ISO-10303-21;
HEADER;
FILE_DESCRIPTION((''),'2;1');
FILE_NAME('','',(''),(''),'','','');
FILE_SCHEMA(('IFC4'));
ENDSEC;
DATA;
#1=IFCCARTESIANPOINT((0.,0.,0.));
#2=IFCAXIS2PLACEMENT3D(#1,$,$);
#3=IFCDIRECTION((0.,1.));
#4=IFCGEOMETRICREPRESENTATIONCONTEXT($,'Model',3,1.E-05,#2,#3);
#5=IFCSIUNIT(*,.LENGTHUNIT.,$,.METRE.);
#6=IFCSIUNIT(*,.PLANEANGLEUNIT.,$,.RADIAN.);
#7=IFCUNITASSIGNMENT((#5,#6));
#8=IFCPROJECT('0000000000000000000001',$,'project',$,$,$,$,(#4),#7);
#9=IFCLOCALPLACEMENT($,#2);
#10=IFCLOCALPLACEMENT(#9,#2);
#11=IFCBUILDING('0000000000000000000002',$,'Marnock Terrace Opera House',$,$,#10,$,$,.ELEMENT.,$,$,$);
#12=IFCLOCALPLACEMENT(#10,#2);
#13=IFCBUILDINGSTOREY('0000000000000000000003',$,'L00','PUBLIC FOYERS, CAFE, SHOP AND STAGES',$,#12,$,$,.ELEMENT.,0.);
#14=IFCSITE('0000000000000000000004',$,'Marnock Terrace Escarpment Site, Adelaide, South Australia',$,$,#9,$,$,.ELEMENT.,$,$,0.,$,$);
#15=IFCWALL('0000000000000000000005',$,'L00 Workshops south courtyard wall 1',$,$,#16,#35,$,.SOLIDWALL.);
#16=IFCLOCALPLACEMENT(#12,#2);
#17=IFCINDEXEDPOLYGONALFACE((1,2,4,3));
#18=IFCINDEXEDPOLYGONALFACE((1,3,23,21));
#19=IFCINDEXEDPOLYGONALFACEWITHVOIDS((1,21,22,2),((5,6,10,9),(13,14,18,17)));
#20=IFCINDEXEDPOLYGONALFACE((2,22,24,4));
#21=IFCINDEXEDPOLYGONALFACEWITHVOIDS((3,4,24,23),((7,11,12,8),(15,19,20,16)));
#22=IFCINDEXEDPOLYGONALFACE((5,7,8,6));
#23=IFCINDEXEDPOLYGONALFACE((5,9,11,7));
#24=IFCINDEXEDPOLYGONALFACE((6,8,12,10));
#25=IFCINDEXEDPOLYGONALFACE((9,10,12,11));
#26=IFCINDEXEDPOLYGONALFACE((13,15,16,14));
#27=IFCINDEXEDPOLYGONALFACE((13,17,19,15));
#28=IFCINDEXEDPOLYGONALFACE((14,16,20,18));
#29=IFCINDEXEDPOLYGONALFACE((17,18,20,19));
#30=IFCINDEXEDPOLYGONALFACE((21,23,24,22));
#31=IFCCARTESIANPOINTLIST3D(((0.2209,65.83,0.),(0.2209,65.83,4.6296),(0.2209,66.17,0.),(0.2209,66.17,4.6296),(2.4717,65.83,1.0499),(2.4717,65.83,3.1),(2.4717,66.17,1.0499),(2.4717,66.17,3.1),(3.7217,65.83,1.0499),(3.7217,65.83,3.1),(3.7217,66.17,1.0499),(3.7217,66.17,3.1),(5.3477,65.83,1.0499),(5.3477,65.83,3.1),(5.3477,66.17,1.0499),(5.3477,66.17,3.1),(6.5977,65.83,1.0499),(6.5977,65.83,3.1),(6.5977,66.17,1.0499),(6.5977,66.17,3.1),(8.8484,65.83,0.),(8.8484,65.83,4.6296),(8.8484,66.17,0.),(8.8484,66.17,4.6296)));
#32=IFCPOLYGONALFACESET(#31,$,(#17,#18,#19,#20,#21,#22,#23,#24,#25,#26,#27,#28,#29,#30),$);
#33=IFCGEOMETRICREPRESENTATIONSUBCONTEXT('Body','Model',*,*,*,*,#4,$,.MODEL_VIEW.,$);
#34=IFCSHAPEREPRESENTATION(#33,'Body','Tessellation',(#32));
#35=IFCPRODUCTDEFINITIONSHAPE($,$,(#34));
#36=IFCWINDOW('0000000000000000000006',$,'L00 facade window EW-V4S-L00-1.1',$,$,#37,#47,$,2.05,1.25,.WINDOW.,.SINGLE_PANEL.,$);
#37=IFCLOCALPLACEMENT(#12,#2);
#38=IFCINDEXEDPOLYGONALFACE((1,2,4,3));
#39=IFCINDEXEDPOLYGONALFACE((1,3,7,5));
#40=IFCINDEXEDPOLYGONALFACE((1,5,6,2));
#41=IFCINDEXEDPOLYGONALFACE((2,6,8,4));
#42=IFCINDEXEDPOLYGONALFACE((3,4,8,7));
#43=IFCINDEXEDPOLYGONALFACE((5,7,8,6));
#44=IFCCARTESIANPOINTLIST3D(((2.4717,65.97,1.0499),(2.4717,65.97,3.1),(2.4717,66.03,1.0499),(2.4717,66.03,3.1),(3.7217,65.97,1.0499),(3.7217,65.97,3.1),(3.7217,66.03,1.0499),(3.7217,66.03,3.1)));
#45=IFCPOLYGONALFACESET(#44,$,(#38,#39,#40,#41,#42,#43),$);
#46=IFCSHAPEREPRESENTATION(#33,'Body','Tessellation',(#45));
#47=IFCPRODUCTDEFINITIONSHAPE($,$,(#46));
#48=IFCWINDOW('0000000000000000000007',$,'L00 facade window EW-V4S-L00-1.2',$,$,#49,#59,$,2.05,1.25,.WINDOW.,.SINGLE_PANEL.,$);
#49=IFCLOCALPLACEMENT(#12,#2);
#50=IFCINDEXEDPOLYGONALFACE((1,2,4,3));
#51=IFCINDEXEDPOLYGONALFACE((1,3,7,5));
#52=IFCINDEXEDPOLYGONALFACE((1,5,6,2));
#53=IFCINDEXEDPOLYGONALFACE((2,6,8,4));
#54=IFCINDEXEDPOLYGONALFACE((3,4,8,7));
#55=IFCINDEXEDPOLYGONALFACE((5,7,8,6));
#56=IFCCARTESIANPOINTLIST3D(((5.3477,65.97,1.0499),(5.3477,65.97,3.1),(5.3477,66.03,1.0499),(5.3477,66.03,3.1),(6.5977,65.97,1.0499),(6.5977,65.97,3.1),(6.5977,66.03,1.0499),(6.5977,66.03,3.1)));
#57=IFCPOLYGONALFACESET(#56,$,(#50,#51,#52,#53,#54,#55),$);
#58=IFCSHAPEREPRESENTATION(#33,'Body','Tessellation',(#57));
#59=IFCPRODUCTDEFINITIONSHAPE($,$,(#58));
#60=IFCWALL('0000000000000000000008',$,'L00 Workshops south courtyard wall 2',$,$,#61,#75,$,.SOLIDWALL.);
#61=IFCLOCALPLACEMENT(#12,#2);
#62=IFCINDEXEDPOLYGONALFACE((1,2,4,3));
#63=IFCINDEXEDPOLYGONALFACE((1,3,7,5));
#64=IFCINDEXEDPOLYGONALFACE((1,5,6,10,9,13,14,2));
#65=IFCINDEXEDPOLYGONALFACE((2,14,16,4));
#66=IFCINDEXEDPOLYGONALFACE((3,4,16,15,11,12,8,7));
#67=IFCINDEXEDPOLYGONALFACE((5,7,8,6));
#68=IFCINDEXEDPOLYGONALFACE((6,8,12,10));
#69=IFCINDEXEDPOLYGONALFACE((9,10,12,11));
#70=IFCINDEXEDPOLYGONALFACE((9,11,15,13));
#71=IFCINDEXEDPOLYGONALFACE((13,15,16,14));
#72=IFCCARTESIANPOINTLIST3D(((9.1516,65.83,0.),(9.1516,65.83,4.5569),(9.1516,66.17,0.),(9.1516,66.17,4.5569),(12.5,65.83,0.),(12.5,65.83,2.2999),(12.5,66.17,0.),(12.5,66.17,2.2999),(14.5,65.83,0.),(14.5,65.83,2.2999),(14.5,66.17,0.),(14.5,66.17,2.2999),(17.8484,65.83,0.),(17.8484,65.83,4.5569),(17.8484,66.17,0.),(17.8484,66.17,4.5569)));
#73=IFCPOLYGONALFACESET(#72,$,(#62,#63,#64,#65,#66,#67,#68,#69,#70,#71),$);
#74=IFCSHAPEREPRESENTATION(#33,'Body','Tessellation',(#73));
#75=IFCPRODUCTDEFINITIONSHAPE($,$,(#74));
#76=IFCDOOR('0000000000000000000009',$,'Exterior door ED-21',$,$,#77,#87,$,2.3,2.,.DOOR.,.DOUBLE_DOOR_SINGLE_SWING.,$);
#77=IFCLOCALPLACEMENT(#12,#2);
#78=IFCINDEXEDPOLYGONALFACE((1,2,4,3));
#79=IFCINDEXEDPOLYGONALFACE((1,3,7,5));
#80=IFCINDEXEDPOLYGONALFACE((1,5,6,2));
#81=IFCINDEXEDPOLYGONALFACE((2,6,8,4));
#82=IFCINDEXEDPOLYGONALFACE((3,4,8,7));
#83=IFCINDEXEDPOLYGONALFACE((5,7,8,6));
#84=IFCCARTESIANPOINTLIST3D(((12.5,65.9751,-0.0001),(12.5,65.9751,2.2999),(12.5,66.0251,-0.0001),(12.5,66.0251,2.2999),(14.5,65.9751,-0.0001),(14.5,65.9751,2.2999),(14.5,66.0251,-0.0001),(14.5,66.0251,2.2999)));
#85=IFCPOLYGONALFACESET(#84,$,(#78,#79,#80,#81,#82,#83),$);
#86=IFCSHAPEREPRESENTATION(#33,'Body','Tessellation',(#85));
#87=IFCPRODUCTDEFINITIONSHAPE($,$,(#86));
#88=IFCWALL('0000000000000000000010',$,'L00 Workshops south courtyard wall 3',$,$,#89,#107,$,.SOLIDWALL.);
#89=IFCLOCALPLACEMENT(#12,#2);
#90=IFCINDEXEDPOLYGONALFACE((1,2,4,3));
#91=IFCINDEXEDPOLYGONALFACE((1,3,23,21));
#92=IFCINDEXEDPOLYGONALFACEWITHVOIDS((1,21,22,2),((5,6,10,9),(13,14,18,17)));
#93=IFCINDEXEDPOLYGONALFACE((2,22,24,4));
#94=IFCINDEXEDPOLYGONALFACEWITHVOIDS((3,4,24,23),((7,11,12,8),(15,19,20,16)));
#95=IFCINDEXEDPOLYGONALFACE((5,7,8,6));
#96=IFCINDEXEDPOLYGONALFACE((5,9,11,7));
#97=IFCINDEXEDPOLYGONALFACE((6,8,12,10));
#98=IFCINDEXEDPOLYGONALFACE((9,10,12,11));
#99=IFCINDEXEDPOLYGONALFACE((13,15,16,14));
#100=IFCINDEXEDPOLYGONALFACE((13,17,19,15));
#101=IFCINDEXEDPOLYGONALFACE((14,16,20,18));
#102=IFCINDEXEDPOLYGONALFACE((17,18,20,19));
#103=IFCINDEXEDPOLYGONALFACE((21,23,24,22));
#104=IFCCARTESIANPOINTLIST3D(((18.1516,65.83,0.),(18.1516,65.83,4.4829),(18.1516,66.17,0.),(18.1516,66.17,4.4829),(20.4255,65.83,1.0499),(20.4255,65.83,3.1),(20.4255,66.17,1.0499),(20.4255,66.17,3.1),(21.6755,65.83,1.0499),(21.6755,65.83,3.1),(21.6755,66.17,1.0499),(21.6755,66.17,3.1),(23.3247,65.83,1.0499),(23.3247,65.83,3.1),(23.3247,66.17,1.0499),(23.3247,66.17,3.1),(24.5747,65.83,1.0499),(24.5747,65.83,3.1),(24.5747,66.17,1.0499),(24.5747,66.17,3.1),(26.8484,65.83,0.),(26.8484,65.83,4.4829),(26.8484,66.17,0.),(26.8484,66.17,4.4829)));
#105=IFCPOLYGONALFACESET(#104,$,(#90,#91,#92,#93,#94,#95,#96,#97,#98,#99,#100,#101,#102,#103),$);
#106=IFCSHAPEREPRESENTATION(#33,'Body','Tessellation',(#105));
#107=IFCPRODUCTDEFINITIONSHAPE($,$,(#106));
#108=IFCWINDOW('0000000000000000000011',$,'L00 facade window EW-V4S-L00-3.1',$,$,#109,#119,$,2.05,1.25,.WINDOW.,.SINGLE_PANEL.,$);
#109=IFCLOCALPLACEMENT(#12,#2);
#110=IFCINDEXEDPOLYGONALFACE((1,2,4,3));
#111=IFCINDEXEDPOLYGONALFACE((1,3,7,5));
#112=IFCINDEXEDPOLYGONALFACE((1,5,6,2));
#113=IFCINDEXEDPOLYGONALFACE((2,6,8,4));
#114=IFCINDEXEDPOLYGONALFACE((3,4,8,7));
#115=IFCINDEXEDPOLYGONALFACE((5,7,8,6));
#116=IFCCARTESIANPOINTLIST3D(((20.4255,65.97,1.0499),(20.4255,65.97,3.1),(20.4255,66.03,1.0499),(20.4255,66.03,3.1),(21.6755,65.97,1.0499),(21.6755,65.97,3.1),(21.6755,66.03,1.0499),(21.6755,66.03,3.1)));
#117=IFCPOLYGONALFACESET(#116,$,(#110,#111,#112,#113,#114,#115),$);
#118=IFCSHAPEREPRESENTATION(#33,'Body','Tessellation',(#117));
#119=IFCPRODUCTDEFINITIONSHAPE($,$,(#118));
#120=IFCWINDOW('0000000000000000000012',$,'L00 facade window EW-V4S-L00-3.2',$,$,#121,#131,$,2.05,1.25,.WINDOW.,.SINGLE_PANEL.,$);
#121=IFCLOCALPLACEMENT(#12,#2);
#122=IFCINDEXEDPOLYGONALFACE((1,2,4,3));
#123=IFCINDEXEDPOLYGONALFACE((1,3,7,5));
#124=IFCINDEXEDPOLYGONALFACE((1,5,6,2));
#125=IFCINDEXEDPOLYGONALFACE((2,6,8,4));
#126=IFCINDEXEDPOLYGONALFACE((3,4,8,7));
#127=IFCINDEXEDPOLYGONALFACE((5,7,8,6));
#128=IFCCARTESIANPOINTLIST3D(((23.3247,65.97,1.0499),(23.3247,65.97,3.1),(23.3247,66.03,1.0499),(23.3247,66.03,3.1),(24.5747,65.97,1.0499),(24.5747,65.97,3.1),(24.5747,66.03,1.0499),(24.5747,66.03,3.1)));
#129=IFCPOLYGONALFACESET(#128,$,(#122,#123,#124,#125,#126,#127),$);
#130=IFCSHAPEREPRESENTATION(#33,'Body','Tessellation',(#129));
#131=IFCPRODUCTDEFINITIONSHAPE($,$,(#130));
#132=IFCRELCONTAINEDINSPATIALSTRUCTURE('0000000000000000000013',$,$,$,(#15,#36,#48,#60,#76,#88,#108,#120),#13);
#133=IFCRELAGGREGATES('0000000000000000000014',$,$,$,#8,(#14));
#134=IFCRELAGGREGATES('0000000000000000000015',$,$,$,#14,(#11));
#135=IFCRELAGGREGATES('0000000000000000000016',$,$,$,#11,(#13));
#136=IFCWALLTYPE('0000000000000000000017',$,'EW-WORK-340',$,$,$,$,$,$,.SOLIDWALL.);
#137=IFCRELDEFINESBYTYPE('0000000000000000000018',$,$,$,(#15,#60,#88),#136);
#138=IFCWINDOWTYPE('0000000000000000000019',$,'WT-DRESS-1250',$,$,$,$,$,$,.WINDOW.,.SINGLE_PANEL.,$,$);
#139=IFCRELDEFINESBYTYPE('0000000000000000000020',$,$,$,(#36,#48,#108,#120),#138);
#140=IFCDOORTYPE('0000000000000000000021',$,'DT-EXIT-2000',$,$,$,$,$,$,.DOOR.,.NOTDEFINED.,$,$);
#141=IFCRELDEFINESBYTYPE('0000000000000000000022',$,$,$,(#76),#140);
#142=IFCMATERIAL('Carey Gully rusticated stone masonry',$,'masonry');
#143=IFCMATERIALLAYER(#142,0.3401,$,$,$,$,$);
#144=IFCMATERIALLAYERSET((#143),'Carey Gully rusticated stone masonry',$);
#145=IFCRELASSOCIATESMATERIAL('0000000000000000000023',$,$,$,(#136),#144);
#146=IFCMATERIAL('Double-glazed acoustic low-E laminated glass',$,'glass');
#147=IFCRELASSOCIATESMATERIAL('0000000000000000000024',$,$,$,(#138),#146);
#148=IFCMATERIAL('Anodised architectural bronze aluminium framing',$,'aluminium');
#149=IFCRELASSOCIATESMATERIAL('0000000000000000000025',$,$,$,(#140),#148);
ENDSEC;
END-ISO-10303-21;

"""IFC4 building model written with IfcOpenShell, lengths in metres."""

from ifc_helpers import new_model, si_unit, direction, frame, frame_2d, origin, place, context, subcontext, project, spatial, rectangle, extrude, material, layer, layer_set, type_object, element, fill, save


model = new_model("IFC4")

# Units and contexts
model_context = context("Model", 3, precision=1e-05, world=origin(), true_north=direction((0.0, 1.0)))
body_context = subcontext(model_context, "Body", "Model", "MODEL_VIEW")
ifc_project = project(units=[si_unit("LENGTHUNIT", "METRE"), si_unit("PLANEANGLEUNIT", "RADIAN")], contexts=[model_context])

# Site, building, storey
site_placement = place(None, origin())
site = spatial("IfcSite", under=ifc_project, at=site_placement, Name="Marnock Terrace Escarpment Site, Adelaide, South Australia", CompositionType="ELEMENT", RefElevation=0.0)
building_placement = place(site_placement, origin())
building = spatial("IfcBuilding", under=site, at=building_placement, Name="Marnock Terrace Opera House", CompositionType="ELEMENT")
storey_placement = place(building_placement, origin())
storey = spatial("IfcBuildingStorey", under=building, at=storey_placement, Name="L00", Description="PUBLIC FOYERS, CAFE, SHOP AND STAGES", CompositionType="ELEMENT", Elevation=0.0)

# Shared definitions
ifc_material_1 = material(Name="Carey Gully rusticated stone masonry", Category="masonry")
ifc_material_2 = material(Name="Double-glazed acoustic low-E laminated glass", Category="glass")

# Wall, openings, windows
ifc_layer_1 = layer(ifc_material_1, 0.3401)
ifc_layer_set_1 = layer_set([ifc_layer_1], Name="Carey Gully rusticated stone masonry")
wall_type_1 = type_object("IfcWallType", Name="EW-WORK-340", PredefinedType="SOLIDWALL", material=ifc_layer_set_1)
wall_1_placement = place(storey_placement, frame((0.2209, 66.0, 0.0), z_axis=(0.0, 0.0, 1.0), x_axis=(1.0, 0.0, 0.0)))
wall_1 = element("IfcWall", 1, at=wall_1_placement, inside=storey, type_object=wall_type_1, Name="L00 Workshops south courtyard wall 1", PredefinedType="SOLIDWALL", context=body_context, shape_type="SweptSolid", body=[
    extrude(rectangle(XDim=8.6274, YDim=0.3401, at=frame_2d((4.3137, 0.0))), origin(), (0.0, 0.0, 1.0), 4.6296),
])
opening_1_placement = place(wall_1_placement, frame((2.2507, 0.0, 1.05)))
opening_1 = element("IfcOpeningElement", 2, at=opening_1_placement, cuts=wall_1, PredefinedType="OPENING", context=body_context, shape_type="SweptSolid", body=[
    extrude(rectangle(XDim=1.25, YDim=2.05, at=frame_2d((0.625, 1.0249))), frame((0.0, 0.1799, 0.0), z_axis=(0.0, -1.0, 0.0), x_axis=(1.0, 0.0, 0.0)), (0.0, 0.0, 1.0), 0.3601),
])
opening_2_placement = place(wall_1_placement, frame((5.1267, 0.0, 1.05)))
opening_2 = element("IfcOpeningElement", 3, at=opening_2_placement, cuts=wall_1, PredefinedType="OPENING", context=body_context, shape_type="SweptSolid", body=[
    extrude(rectangle(XDim=1.25, YDim=2.05, at=frame_2d((0.625, 1.0249))), frame((0.0, 0.1799, 0.0), z_axis=(0.0, -1.0, 0.0), x_axis=(1.0, 0.0, 0.0)), (0.0, 0.0, 1.0), 0.3601),
])
window_type_1 = type_object("IfcWindowType", Name="WT-DRESS-1250", PartitioningType="SINGLE_PANEL", PredefinedType="WINDOW", material=ifc_material_2)
window_1_placement = place(opening_1_placement, origin())
window_1 = element("IfcWindow", 4, at=window_1_placement, inside=storey, type_object=window_type_1, Name="L00 facade window EW-V4S-L00-1.1", OverallHeight=2.05, OverallWidth=1.25, PartitioningType="SINGLE_PANEL", PredefinedType="WINDOW", context=body_context, shape_type="SweptSolid", body=[
    extrude(rectangle(XDim=1.25, YDim=2.05, at=frame_2d((0.625, 1.0249))), frame((0.0, 0.03, 0.0), z_axis=(0.0, -1.0, 0.0), x_axis=(1.0, 0.0, 0.0)), (0.0, 0.0, 1.0), 0.0601),
])
fill(opening_1, window_1)
window_2_placement = place(opening_2_placement, origin())
window_2 = element("IfcWindow", 5, at=window_2_placement, inside=storey, type_object=window_type_1, Name="L00 facade window EW-V4S-L00-1.2", OverallHeight=2.05, OverallWidth=1.25, PartitioningType="SINGLE_PANEL", PredefinedType="WINDOW", context=body_context, shape_type="SweptSolid", body=[
    extrude(rectangle(XDim=1.25, YDim=2.05, at=frame_2d((0.625, 1.0249))), frame((0.0, 0.03, 0.0), z_axis=(0.0, -1.0, 0.0), x_axis=(1.0, 0.0, 0.0)), (0.0, 0.0, 1.0), 0.0601),
])
fill(opening_2, window_2)

# Wall, opening, door
wall_2_placement = place(storey_placement, frame((17.8484, 66.0, 0.0), z_axis=(0.0, 0.0, 1.0), x_axis=(-1.0, 0.0, 0.0)))
wall_2 = element("IfcWall", 6, at=wall_2_placement, inside=storey, type_object=wall_type_1, Name="L00 Workshops south courtyard wall 2", PredefinedType="SOLIDWALL", context=body_context, shape_type="SweptSolid", body=[
    extrude(rectangle(XDim=8.6968, YDim=0.3401, at=frame_2d((4.3484, 0.0))), origin(), (0.0, 0.0, 1.0), 4.5569),
])
opening_3_placement = place(wall_2_placement, frame((3.3484, 0.0, 0.0)))
opening_3 = element("IfcOpeningElement", 7, at=opening_3_placement, cuts=wall_2, PredefinedType="OPENING", context=body_context, shape_type="SweptSolid", body=[
    extrude(rectangle(XDim=2.0, YDim=2.3, at=frame_2d((1.0, 1.1499))), frame((0.0, 0.1799, 0.0), z_axis=(0.0, -1.0, 0.0), x_axis=(1.0, 0.0, 0.0)), (0.0, 0.0, 1.0), 0.3601),
])
ifc_material_3 = material(Name="Anodised architectural bronze aluminium framing", Category="aluminium")
door_type = type_object("IfcDoorType", Name="DT-EXIT-2000", OperationType="NOTDEFINED", PredefinedType="DOOR", material=ifc_material_3)
door_placement = place(opening_3_placement, origin())
door = element("IfcDoor", 8, at=door_placement, inside=storey, type_object=door_type, Name="Exterior door ED-21", OperationType="DOUBLE_DOOR_SINGLE_SWING", OverallHeight=2.3, OverallWidth=2.0, PredefinedType="DOOR", context=body_context, shape_type="SweptSolid", body=[
    extrude(rectangle(XDim=2.0, YDim=2.3, at=frame_2d((1.0, 1.1499))), frame((0.0, 0.0249, 0.0), z_axis=(0.0, -1.0, 0.0), x_axis=(1.0, 0.0, 0.0)), (0.0, 0.0, 1.0), 0.05),
])
fill(opening_3, door)

# Wall, openings, windows
wall_3_placement = place(storey_placement, frame((18.1516, 66.0, 0.0), z_axis=(0.0, 0.0, 1.0), x_axis=(1.0, 0.0, 0.0)))
wall_3 = element("IfcWall", 9, at=wall_3_placement, inside=storey, type_object=wall_type_1, Name="L00 Workshops south courtyard wall 3", PredefinedType="SOLIDWALL", context=body_context, shape_type="SweptSolid", body=[
    extrude(rectangle(XDim=8.6968, YDim=0.3401, at=frame_2d((4.3484, 0.0))), origin(), (0.0, 0.0, 1.0), 4.4829),
])
opening_4_placement = place(wall_3_placement, frame((2.2739, 0.0, 1.05)))
opening_4 = element("IfcOpeningElement", 10, at=opening_4_placement, cuts=wall_3, PredefinedType="OPENING", context=body_context, shape_type="SweptSolid", body=[
    extrude(rectangle(XDim=1.25, YDim=2.05, at=frame_2d((0.625, 1.0249))), frame((0.0, 0.1799, 0.0), z_axis=(0.0, -1.0, 0.0), x_axis=(1.0, 0.0, 0.0)), (0.0, 0.0, 1.0), 0.3601),
])
opening_5_placement = place(wall_3_placement, frame((5.1731, 0.0, 1.05)))
opening_5 = element("IfcOpeningElement", 11, at=opening_5_placement, cuts=wall_3, PredefinedType="OPENING", context=body_context, shape_type="SweptSolid", body=[
    extrude(rectangle(XDim=1.25, YDim=2.05, at=frame_2d((0.625, 1.0249))), frame((0.0, 0.1799, 0.0), z_axis=(0.0, -1.0, 0.0), x_axis=(1.0, 0.0, 0.0)), (0.0, 0.0, 1.0), 0.3601),
])
window_3_placement = place(opening_4_placement, origin())
window_3 = element("IfcWindow", 12, at=window_3_placement, inside=storey, type_object=window_type_1, Name="L00 facade window EW-V4S-L00-3.1", OverallHeight=2.05, OverallWidth=1.25, PartitioningType="SINGLE_PANEL", PredefinedType="WINDOW", context=body_context, shape_type="SweptSolid", body=[
    extrude(rectangle(XDim=1.25, YDim=2.05, at=frame_2d((0.625, 1.0249))), frame((0.0, 0.03, 0.0), z_axis=(0.0, -1.0, 0.0), x_axis=(1.0, 0.0, 0.0)), (0.0, 0.0, 1.0), 0.0601),
])
fill(opening_4, window_3)
window_4_placement = place(opening_5_placement, origin())
window_4 = element("IfcWindow", 13, at=window_4_placement, inside=storey, type_object=window_type_1, Name="L00 facade window EW-V4S-L00-3.2", OverallHeight=2.05, OverallWidth=1.25, PartitioningType="SINGLE_PANEL", PredefinedType="WINDOW", context=body_context, shape_type="SweptSolid", body=[
    extrude(rectangle(XDim=1.25, YDim=2.05, at=frame_2d((0.625, 1.0249))), frame((0.0, 0.03, 0.0), z_axis=(0.0, -1.0, 0.0), x_axis=(1.0, 0.0, 0.0)), (0.0, 0.0, 1.0), 0.0601),
])
fill(opening_5, window_4)

save(model, "model.ifc")
